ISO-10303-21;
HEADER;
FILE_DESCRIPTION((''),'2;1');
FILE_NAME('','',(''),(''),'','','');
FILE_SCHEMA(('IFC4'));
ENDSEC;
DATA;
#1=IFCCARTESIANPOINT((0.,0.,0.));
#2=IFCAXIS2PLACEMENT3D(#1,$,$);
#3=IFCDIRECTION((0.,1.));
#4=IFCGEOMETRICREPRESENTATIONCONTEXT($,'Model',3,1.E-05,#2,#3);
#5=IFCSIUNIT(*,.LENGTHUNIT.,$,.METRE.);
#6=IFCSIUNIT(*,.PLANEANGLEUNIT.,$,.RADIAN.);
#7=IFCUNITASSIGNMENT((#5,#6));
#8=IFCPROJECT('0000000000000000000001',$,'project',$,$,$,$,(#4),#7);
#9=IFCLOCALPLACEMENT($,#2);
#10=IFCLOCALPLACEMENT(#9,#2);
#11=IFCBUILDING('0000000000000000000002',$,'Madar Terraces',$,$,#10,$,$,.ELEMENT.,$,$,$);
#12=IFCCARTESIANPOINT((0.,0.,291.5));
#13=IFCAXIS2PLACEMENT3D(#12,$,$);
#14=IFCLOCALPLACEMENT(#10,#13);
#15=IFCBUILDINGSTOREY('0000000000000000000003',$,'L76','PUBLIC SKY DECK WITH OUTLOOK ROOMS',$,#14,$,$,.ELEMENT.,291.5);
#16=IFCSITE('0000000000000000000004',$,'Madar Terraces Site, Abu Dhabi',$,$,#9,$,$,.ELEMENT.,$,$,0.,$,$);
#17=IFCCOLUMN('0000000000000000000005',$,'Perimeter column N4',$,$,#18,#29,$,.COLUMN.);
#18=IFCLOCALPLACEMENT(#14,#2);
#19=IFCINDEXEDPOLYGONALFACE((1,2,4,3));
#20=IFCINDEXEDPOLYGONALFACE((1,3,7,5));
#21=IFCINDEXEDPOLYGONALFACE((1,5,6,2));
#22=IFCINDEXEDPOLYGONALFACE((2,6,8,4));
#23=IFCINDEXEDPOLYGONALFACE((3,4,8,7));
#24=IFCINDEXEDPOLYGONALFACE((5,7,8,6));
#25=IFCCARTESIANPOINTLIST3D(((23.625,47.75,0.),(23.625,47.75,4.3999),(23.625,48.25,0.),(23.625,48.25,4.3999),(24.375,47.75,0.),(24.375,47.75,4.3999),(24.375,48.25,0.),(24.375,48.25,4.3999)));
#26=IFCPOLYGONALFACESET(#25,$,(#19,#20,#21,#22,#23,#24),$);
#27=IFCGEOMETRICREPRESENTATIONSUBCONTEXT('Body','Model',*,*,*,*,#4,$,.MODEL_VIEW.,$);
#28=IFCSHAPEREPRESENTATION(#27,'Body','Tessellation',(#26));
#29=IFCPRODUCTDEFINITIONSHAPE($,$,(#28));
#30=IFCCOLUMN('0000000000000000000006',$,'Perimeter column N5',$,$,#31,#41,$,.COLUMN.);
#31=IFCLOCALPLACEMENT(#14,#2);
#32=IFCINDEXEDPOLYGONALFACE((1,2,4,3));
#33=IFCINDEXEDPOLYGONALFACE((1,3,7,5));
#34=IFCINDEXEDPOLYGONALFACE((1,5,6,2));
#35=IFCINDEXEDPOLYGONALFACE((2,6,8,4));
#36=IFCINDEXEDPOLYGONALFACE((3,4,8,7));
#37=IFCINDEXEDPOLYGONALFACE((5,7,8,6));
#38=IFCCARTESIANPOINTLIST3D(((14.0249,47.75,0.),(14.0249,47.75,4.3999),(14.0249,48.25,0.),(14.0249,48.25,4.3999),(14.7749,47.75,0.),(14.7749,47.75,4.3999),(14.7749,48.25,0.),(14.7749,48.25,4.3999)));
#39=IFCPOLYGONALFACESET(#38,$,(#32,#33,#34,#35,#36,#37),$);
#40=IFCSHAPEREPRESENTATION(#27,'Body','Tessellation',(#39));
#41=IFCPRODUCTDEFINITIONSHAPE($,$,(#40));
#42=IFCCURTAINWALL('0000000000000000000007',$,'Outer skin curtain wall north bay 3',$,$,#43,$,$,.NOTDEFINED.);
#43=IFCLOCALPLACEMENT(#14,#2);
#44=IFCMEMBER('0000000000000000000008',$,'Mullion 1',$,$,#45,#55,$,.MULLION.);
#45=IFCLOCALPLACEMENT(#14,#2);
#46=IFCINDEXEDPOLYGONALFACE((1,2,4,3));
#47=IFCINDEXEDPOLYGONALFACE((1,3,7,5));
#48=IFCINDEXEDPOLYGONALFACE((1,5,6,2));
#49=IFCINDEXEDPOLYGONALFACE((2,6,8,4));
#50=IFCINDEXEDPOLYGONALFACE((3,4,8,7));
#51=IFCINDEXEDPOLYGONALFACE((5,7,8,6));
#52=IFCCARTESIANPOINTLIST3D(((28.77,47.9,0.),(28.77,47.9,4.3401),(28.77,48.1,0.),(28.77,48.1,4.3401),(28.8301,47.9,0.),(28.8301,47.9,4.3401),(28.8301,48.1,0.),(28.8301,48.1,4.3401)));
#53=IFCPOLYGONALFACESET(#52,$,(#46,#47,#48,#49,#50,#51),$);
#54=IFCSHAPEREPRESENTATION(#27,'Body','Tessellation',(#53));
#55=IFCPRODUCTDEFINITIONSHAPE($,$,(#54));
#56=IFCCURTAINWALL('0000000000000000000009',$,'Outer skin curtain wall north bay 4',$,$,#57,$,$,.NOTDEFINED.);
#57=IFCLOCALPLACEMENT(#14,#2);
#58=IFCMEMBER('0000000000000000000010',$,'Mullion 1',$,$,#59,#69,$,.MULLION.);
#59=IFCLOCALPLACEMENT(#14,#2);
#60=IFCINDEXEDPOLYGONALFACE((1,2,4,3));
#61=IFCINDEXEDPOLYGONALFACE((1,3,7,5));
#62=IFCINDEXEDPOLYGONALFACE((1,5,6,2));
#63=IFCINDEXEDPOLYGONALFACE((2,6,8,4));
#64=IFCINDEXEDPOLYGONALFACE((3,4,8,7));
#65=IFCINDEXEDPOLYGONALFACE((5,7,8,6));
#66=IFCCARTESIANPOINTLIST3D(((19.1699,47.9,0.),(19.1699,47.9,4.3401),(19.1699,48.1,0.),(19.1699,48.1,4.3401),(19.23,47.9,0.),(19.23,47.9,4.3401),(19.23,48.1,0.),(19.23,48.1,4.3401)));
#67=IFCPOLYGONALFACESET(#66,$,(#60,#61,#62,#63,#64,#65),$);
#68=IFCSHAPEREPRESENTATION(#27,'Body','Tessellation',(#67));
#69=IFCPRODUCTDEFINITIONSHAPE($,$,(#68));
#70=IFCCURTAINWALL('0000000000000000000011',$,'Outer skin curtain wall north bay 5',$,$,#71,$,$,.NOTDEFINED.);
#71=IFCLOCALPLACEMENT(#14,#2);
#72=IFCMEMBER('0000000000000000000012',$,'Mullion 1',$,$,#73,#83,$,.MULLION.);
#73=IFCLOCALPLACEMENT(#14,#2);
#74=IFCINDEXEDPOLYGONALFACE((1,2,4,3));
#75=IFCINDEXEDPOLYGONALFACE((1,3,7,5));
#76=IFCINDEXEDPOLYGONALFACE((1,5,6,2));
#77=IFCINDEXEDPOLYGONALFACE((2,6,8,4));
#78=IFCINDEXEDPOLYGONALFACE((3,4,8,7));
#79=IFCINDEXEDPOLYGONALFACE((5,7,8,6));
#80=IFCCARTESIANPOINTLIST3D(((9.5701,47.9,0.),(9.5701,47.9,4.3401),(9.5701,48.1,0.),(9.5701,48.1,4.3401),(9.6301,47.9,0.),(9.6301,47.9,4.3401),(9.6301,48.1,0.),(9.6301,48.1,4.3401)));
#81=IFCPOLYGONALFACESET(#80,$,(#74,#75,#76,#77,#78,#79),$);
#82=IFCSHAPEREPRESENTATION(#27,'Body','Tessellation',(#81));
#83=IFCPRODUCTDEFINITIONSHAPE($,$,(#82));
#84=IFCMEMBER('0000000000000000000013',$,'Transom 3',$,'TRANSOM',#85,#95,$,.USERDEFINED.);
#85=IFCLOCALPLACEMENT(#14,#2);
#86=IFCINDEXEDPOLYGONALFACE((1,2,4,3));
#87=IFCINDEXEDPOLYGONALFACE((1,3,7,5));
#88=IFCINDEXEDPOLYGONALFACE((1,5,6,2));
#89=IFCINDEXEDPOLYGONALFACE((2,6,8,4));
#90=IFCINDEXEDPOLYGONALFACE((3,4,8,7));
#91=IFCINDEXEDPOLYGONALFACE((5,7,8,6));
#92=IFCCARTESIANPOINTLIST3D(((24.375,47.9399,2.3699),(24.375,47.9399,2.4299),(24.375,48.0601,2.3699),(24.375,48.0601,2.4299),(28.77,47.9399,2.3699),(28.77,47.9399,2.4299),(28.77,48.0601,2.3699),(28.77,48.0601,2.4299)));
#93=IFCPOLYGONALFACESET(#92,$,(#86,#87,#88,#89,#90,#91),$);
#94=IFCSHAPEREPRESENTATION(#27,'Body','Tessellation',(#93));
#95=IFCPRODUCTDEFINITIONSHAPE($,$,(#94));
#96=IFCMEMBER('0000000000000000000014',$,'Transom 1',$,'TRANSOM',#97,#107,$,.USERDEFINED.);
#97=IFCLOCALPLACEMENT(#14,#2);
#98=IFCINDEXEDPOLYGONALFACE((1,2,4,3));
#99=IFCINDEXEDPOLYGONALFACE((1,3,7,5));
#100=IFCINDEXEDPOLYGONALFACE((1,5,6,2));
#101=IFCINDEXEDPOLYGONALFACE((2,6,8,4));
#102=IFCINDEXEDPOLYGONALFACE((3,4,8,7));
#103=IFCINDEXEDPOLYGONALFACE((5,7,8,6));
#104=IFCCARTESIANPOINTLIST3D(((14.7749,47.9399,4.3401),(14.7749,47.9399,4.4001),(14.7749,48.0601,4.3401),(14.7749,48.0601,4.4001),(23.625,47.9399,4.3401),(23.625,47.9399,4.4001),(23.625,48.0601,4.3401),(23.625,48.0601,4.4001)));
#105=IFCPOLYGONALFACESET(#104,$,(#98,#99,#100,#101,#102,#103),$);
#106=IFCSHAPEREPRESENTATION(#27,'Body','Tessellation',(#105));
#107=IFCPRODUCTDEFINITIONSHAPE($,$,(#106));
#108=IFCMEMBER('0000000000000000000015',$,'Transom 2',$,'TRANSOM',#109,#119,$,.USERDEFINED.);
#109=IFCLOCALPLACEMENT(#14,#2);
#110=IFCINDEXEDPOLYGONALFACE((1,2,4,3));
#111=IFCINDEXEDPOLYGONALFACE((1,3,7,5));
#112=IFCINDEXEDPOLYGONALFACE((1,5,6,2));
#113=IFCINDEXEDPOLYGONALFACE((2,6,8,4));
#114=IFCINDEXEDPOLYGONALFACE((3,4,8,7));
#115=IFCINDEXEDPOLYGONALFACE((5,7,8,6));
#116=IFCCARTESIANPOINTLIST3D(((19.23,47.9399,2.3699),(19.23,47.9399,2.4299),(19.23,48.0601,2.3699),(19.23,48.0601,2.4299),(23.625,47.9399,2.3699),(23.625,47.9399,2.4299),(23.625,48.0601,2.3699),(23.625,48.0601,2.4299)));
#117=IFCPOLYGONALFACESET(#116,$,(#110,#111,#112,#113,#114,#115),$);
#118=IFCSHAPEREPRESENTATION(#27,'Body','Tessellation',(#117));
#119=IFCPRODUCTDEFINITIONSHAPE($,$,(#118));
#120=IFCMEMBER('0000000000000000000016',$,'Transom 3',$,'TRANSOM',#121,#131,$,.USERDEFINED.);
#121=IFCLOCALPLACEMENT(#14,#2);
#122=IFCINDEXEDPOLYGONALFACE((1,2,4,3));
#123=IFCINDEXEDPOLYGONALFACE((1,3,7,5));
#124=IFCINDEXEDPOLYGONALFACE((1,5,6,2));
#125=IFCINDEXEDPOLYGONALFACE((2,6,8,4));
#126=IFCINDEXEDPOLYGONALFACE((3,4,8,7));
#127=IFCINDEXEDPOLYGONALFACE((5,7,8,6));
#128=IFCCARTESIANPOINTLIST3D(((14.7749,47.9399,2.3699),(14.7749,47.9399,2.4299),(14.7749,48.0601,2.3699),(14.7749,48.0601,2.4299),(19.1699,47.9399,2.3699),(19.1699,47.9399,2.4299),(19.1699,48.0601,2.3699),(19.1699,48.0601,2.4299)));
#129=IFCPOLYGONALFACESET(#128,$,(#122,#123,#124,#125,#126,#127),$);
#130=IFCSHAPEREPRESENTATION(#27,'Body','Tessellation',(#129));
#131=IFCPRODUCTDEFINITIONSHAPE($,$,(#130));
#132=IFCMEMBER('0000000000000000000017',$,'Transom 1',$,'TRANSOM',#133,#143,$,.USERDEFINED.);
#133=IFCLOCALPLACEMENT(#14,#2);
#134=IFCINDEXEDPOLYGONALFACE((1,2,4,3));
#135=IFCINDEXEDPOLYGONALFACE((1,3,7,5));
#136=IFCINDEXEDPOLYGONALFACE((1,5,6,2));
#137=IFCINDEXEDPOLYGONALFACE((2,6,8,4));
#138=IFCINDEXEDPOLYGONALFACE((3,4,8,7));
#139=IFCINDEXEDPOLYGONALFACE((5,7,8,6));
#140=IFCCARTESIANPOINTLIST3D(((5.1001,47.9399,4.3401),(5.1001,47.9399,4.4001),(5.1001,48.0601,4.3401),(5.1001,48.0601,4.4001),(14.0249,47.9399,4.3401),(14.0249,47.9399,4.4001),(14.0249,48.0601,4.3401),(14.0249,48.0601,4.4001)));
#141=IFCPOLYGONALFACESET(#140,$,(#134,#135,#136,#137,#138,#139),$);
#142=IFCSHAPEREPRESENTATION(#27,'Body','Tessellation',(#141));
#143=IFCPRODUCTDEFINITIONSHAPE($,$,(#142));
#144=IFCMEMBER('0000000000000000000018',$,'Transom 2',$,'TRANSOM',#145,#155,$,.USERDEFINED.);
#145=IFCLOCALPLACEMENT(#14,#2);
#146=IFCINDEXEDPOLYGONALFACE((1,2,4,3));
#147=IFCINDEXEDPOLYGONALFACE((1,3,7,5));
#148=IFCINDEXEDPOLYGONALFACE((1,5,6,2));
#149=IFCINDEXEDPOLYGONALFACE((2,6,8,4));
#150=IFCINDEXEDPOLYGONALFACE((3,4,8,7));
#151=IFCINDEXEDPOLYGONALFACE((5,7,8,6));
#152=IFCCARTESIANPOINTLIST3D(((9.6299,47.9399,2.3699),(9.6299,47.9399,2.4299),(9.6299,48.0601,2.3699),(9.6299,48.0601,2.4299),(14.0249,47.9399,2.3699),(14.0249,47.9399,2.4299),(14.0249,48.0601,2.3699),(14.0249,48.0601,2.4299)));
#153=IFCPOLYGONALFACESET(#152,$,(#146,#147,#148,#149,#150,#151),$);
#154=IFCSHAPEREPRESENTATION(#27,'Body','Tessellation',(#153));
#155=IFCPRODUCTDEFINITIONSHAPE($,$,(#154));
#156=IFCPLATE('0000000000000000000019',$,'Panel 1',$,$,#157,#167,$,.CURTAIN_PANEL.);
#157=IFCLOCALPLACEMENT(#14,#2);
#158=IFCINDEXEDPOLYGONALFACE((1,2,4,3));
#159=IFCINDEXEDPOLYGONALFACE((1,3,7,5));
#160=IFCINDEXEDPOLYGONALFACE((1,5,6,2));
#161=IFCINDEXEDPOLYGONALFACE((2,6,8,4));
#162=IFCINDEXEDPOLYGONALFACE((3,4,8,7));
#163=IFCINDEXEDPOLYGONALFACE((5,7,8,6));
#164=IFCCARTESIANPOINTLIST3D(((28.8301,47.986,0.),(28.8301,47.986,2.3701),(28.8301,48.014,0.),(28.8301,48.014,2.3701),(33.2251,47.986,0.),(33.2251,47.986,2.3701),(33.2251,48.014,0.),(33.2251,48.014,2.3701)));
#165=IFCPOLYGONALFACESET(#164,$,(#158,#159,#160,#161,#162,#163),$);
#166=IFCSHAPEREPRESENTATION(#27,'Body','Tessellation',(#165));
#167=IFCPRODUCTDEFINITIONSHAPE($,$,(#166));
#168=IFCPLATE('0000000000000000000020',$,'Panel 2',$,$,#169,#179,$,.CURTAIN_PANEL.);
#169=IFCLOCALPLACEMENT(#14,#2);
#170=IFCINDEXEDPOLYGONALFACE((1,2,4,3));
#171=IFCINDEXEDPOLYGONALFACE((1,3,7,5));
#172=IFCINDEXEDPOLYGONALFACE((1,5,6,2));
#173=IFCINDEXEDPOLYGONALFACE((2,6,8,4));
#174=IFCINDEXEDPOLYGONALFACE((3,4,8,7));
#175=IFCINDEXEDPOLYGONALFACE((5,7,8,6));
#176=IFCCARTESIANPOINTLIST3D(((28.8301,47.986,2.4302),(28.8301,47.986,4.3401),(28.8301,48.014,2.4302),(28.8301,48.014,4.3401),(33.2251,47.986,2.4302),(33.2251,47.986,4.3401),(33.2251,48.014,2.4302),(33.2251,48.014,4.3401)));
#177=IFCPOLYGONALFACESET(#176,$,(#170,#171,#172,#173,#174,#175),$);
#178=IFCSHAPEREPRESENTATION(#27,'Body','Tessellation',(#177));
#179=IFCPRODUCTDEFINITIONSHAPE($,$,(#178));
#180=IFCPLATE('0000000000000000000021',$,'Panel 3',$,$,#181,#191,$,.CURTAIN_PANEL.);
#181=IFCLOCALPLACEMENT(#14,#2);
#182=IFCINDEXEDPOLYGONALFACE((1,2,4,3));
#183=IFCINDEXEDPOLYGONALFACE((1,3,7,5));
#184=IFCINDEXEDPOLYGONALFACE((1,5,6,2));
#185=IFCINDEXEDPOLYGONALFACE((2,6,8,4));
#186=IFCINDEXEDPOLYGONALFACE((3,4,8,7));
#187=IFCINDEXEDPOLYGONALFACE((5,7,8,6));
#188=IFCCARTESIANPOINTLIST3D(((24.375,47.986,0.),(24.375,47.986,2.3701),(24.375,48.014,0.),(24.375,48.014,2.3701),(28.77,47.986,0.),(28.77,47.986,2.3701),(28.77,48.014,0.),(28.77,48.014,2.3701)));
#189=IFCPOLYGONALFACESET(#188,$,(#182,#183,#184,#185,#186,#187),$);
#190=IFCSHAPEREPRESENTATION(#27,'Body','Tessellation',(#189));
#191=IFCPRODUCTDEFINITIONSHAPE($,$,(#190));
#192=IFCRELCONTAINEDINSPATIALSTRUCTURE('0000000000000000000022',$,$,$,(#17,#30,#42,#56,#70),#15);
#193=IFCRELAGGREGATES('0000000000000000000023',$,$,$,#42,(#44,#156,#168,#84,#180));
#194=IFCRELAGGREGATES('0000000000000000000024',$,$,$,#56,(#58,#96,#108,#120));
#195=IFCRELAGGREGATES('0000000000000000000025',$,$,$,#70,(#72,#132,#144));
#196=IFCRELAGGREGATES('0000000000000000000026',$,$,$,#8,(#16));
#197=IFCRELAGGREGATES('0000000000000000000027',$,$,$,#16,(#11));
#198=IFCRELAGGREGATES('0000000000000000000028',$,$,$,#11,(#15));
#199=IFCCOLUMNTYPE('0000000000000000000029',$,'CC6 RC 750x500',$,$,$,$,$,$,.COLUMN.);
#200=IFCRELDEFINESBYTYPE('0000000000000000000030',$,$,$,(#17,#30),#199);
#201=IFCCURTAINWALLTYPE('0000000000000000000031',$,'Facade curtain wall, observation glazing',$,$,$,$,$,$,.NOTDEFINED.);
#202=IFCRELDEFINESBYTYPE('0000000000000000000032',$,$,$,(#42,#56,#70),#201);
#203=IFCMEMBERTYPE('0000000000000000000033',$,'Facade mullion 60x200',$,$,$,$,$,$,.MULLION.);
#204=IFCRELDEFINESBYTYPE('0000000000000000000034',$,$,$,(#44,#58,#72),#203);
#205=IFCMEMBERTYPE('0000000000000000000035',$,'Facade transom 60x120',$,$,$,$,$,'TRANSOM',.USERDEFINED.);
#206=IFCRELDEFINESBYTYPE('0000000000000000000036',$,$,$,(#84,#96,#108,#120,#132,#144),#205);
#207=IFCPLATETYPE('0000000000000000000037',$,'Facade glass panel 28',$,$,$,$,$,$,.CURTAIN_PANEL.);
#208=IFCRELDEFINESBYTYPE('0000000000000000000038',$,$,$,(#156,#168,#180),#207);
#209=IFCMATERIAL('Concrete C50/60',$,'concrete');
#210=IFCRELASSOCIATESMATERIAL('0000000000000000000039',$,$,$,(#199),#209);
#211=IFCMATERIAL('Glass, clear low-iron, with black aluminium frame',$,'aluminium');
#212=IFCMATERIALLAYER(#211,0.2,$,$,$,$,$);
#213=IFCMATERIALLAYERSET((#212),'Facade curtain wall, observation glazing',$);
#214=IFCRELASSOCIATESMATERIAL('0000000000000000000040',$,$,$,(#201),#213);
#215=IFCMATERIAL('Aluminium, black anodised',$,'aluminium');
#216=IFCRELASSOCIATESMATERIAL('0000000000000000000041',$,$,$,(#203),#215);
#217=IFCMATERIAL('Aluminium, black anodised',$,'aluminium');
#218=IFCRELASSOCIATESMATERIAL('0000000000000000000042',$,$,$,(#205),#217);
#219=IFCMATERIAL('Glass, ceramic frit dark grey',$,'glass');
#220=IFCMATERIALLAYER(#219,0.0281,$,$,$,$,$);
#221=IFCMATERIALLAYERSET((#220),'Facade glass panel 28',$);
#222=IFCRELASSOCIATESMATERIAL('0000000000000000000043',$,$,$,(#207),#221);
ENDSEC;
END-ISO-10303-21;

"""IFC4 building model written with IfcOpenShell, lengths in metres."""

from ifc_helpers import new_model, si_unit, direction, frame, origin, origin_2d, place, context, subcontext, project, spatial, rectangle, extrude, material, layer, layer_set, material_profile, profile_set, type_object, element, aggregate, save


model = new_model("IFC4")

# Units and contexts
model_context = context("Model", 3, precision=1e-05, world=origin(), true_north=direction((0.0, 1.0)))
body_context = subcontext(model_context, "Body", "Model", "MODEL_VIEW")
ifc_project = project(units=[si_unit("LENGTHUNIT", "METRE"), si_unit("PLANEANGLEUNIT", "RADIAN")], contexts=[model_context])

# Site, building, storey
site_placement = place(None, origin())
site = spatial("IfcSite", under=ifc_project, at=site_placement, Name="Madar Terraces Site, Abu Dhabi", CompositionType="ELEMENT", RefElevation=0.0)
building_placement = place(site_placement, origin())
building = spatial("IfcBuilding", under=site, at=building_placement, Name="Madar Terraces", CompositionType="ELEMENT")
storey_placement = place(building_placement, frame((0.0, 0.0, 291.5)))
storey = spatial("IfcBuildingStorey", under=building, at=storey_placement, Name="L76", Description="PUBLIC SKY DECK WITH OUTLOOK ROOMS", CompositionType="ELEMENT", Elevation=291.5)

# Columns
ifc_material_1 = material(Name="Concrete C50/60", Category="concrete")
ifc_material_profile_1 = material_profile(ifc_material_1, rectangle(XDim=0.75, YDim=0.5, at=origin_2d()), Name="CC6 RC 750x500")
ifc_profile_set_1 = profile_set([ifc_material_profile_1], Name="Concrete C50/60")
column_type = type_object("IfcColumnType", Name="CC6 RC 750x500", PredefinedType="COLUMN", material=ifc_profile_set_1)
for number, where, z_axis, x_axis, name in (
    (1, (24.0, 48.0, 0.0), (0.0, 0.0, 1.0), (1.0, 0.0, 0.0), "Perimeter column N4"),
    (2, (14.3999, 48.0, 0.0), (0.0, 0.0, 1.0), (1.0, 0.0, 0.0), "Perimeter column N5"),
):
    element("IfcColumn", number, at=place(storey_placement, frame(where, z_axis=z_axis, x_axis=x_axis)), inside=storey, type_object=column_type, Name=name, PredefinedType="COLUMN", context=body_context, shape_type="SweptSolid", body=[
        extrude(rectangle(XDim=0.75, YDim=0.5, at=origin_2d()), origin(), (0.0, 0.0, 1.0), 4.3999),
    ])

# Curtain walls, members
ifc_material_2 = material(Name="Glass, clear low-iron, with black aluminium frame", Category="aluminium")
ifc_layer_1 = layer(ifc_material_2, 0.2)
ifc_layer_set_1 = layer_set([ifc_layer_1], Name="Facade curtain wall, observation glazing")
curtain_wall_type = type_object("IfcCurtainWallType", Name="Facade curtain wall, observation glazing", PredefinedType="NOTDEFINED", material=ifc_layer_set_1)
curtain_wall_1_placement = place(storey_placement, origin())
curtain_wall_1 = element("IfcCurtainWall", 3, at=curtain_wall_1_placement, inside=storey, type_object=curtain_wall_type, Name="Outer skin curtain wall north bay 3", PredefinedType="NOTDEFINED")
ifc_material_3 = material(Name="Aluminium, black anodised", Category="aluminium")
ifc_material_profile_2 = material_profile(ifc_material_3, rectangle(XDim=0.2, YDim=0.0601, at=origin_2d()), Name="Facade mullion 60x200")
ifc_profile_set_2 = profile_set([ifc_material_profile_2], Name="Aluminium, black anodised")
member_type_1 = type_object("IfcMemberType", Name="Facade mullion 60x200", PredefinedType="MULLION", material=ifc_profile_set_2)
member_1_placement = place(storey_placement, frame((28.8, 48.0, 0.0), z_axis=(0.0, 0.0, 1.0), x_axis=(0.0, -1.0, 0.0)))
member_1 = element("IfcMember", 4, at=member_1_placement, type_object=member_type_1, Name="Mullion 1", PredefinedType="MULLION", context=body_context, shape_type="SweptSolid", body=[
    extrude(rectangle(XDim=0.2, YDim=0.0601, at=origin_2d()), origin(), (0.0, 0.0, 1.0), 4.3401),
])
curtain_wall_2_placement = place(storey_placement, origin())
curtain_wall_2 = element("IfcCurtainWall", 5, at=curtain_wall_2_placement, inside=storey, type_object=curtain_wall_type, Name="Outer skin curtain wall north bay 4", PredefinedType="NOTDEFINED")
member_2_placement = place(storey_placement, frame((19.2, 48.0, 0.0), z_axis=(0.0, 0.0, 1.0), x_axis=(0.0, -1.0, 0.0)))
member_2 = element("IfcMember", 6, at=member_2_placement, type_object=member_type_1, Name="Mullion 1", PredefinedType="MULLION", context=body_context, shape_type="SweptSolid", body=[
    extrude(rectangle(XDim=0.2, YDim=0.0601, at=origin_2d()), origin(), (0.0, 0.0, 1.0), 4.3401),
])
curtain_wall_3_placement = place(storey_placement, origin())
curtain_wall_3 = element("IfcCurtainWall", 7, at=curtain_wall_3_placement, inside=storey, type_object=curtain_wall_type, Name="Outer skin curtain wall north bay 5", PredefinedType="NOTDEFINED")
member_3_placement = place(storey_placement, frame((9.6001, 48.0, 0.0), z_axis=(0.0, 0.0, 1.0), x_axis=(0.0, -1.0, 0.0)))
member_3 = element("IfcMember", 8, at=member_3_placement, type_object=member_type_1, Name="Mullion 1", PredefinedType="MULLION", context=body_context, shape_type="SweptSolid", body=[
    extrude(rectangle(XDim=0.2, YDim=0.0601, at=origin_2d()), origin(), (0.0, 0.0, 1.0), 4.3401),
])

# Members
ifc_material_4 = material(Name="Aluminium, black anodised", Category="aluminium")
ifc_material_profile_3 = material_profile(ifc_material_4, rectangle(XDim=0.1201, YDim=0.0601, at=origin_2d()), Name="Facade transom 60x120")
ifc_profile_set_3 = profile_set([ifc_material_profile_3], Name="Aluminium, black anodised")
member_type_2 = type_object("IfcMemberType", Name="Facade transom 60x120", ElementType="TRANSOM", PredefinedType="USERDEFINED", material=ifc_profile_set_3)
member_4_placement = place(storey_placement, frame((28.77, 48.0, 2.3999), z_axis=(-1.0, 0.0, 0.0), x_axis=(0.0, -1.0, 0.0)))
member_4 = element("IfcMember", 9, at=member_4_placement, type_object=member_type_2, Name="Transom 3", ObjectType="TRANSOM", PredefinedType="USERDEFINED", context=body_context, shape_type="SweptSolid", body=[
    extrude(rectangle(XDim=0.1201, YDim=0.0601, at=origin_2d()), origin(), (0.0, 0.0, 1.0), 4.395),
])
member_5_placement = place(storey_placement, frame((23.625, 48.0, 4.3701), z_axis=(-1.0, 0.0, 0.0), x_axis=(0.0, -1.0, 0.0)))
member_5 = element("IfcMember", 10, at=member_5_placement, type_object=member_type_2, Name="Transom 1", ObjectType="TRANSOM", PredefinedType="USERDEFINED", context=body_context, shape_type="SweptSolid", body=[
    extrude(rectangle(XDim=0.1201, YDim=0.0601, at=origin_2d()), origin(), (0.0, 0.0, 1.0), 8.8501),
])
member_6_placement = place(storey_placement, frame((23.625, 48.0, 2.3999), z_axis=(-1.0, 0.0, 0.0), x_axis=(0.0, -1.0, 0.0)))
member_6 = element("IfcMember", 11, at=member_6_placement, type_object=member_type_2, Name="Transom 2", ObjectType="TRANSOM", PredefinedType="USERDEFINED", context=body_context, shape_type="SweptSolid", body=[
    extrude(rectangle(XDim=0.1201, YDim=0.0601, at=origin_2d()), origin(), (0.0, 0.0, 1.0), 4.395),
])
member_7_placement = place(storey_placement, frame((19.1699, 48.0, 2.3999), z_axis=(-1.0, 0.0, 0.0), x_axis=(0.0, -1.0, 0.0)))
member_7 = element("IfcMember", 12, at=member_7_placement, type_object=member_type_2, Name="Transom 3", ObjectType="TRANSOM", PredefinedType="USERDEFINED", context=body_context, shape_type="SweptSolid", body=[
    extrude(rectangle(XDim=0.1201, YDim=0.0601, at=origin_2d()), origin(), (0.0, 0.0, 1.0), 4.395),
])
member_8_placement = place(storey_placement, frame((14.0249, 48.0, 4.3701), z_axis=(-1.0, 0.0, 0.0), x_axis=(0.0, -1.0, 0.0)))
member_8 = element("IfcMember", 13, at=member_8_placement, type_object=member_type_2, Name="Transom 1", ObjectType="TRANSOM", PredefinedType="USERDEFINED", context=body_context, shape_type="SweptSolid", body=[
    extrude(rectangle(XDim=0.1201, YDim=0.0601, at=origin_2d()), origin(), (0.0, 0.0, 1.0), 8.9248),
])
member_9_placement = place(storey_placement, frame((14.0249, 48.0, 2.3999), z_axis=(-1.0, 0.0, 0.0), x_axis=(0.0, -1.0, 0.0)))
member_9 = element("IfcMember", 14, at=member_9_placement, type_object=member_type_2, Name="Transom 2", ObjectType="TRANSOM", PredefinedType="USERDEFINED", context=body_context, shape_type="SweptSolid", body=[
    extrude(rectangle(XDim=0.1201, YDim=0.0601, at=origin_2d()), origin(), (0.0, 0.0, 1.0), 4.395),
])

# Plates
ifc_material_5 = material(Name="Glass, ceramic frit dark grey", Category="glass")
ifc_layer_2 = layer(ifc_material_5, 0.0281)
ifc_layer_set_2 = layer_set([ifc_layer_2], Name="Facade glass panel 28")
plate_type = type_object("IfcPlateType", Name="Facade glass panel 28", PredefinedType="CURTAIN_PANEL", material=ifc_layer_set_2)
plate_1_placement = place(storey_placement, frame((31.0276, 48.0, 0.0), z_axis=(0.0, 0.0, 1.0), x_axis=(-1.0, 0.0, 0.0)))
plate_1 = element("IfcPlate", 15, at=plate_1_placement, type_object=plate_type, Name="Panel 1", PredefinedType="CURTAIN_PANEL", context=body_context, shape_type="SweptSolid", body=[
    extrude(rectangle(XDim=4.395, YDim=0.0281, at=origin_2d()), origin(), (0.0, 0.0, 1.0), 2.3701),
])
plate_2_placement = place(storey_placement, frame((31.0276, 48.0, 2.4302), z_axis=(0.0, 0.0, 1.0), x_axis=(-1.0, 0.0, 0.0)))
plate_2 = element("IfcPlate", 16, at=plate_2_placement, type_object=plate_type, Name="Panel 2", PredefinedType="CURTAIN_PANEL", context=body_context, shape_type="SweptSolid", body=[
    extrude(rectangle(XDim=4.395, YDim=0.0281, at=origin_2d()), origin(), (0.0, 0.0, 1.0), 1.9099),
])
plate_3_placement = place(storey_placement, frame((26.5725, 48.0, 0.0), z_axis=(0.0, 0.0, 1.0), x_axis=(-1.0, 0.0, 0.0)))
plate_3 = element("IfcPlate", 17, at=plate_3_placement, type_object=plate_type, Name="Panel 3", PredefinedType="CURTAIN_PANEL", context=body_context, shape_type="SweptSolid", body=[
    extrude(rectangle(XDim=4.395, YDim=0.0281, at=origin_2d()), origin(), (0.0, 0.0, 1.0), 2.3701),
])
aggregate(curtain_wall_1, [member_1, plate_1, plate_2, member_4, plate_3])
aggregate(curtain_wall_2, [member_2, member_5, member_6, member_7])
aggregate(curtain_wall_3, [member_3, member_8, member_9])

save(model, "model.ifc")
